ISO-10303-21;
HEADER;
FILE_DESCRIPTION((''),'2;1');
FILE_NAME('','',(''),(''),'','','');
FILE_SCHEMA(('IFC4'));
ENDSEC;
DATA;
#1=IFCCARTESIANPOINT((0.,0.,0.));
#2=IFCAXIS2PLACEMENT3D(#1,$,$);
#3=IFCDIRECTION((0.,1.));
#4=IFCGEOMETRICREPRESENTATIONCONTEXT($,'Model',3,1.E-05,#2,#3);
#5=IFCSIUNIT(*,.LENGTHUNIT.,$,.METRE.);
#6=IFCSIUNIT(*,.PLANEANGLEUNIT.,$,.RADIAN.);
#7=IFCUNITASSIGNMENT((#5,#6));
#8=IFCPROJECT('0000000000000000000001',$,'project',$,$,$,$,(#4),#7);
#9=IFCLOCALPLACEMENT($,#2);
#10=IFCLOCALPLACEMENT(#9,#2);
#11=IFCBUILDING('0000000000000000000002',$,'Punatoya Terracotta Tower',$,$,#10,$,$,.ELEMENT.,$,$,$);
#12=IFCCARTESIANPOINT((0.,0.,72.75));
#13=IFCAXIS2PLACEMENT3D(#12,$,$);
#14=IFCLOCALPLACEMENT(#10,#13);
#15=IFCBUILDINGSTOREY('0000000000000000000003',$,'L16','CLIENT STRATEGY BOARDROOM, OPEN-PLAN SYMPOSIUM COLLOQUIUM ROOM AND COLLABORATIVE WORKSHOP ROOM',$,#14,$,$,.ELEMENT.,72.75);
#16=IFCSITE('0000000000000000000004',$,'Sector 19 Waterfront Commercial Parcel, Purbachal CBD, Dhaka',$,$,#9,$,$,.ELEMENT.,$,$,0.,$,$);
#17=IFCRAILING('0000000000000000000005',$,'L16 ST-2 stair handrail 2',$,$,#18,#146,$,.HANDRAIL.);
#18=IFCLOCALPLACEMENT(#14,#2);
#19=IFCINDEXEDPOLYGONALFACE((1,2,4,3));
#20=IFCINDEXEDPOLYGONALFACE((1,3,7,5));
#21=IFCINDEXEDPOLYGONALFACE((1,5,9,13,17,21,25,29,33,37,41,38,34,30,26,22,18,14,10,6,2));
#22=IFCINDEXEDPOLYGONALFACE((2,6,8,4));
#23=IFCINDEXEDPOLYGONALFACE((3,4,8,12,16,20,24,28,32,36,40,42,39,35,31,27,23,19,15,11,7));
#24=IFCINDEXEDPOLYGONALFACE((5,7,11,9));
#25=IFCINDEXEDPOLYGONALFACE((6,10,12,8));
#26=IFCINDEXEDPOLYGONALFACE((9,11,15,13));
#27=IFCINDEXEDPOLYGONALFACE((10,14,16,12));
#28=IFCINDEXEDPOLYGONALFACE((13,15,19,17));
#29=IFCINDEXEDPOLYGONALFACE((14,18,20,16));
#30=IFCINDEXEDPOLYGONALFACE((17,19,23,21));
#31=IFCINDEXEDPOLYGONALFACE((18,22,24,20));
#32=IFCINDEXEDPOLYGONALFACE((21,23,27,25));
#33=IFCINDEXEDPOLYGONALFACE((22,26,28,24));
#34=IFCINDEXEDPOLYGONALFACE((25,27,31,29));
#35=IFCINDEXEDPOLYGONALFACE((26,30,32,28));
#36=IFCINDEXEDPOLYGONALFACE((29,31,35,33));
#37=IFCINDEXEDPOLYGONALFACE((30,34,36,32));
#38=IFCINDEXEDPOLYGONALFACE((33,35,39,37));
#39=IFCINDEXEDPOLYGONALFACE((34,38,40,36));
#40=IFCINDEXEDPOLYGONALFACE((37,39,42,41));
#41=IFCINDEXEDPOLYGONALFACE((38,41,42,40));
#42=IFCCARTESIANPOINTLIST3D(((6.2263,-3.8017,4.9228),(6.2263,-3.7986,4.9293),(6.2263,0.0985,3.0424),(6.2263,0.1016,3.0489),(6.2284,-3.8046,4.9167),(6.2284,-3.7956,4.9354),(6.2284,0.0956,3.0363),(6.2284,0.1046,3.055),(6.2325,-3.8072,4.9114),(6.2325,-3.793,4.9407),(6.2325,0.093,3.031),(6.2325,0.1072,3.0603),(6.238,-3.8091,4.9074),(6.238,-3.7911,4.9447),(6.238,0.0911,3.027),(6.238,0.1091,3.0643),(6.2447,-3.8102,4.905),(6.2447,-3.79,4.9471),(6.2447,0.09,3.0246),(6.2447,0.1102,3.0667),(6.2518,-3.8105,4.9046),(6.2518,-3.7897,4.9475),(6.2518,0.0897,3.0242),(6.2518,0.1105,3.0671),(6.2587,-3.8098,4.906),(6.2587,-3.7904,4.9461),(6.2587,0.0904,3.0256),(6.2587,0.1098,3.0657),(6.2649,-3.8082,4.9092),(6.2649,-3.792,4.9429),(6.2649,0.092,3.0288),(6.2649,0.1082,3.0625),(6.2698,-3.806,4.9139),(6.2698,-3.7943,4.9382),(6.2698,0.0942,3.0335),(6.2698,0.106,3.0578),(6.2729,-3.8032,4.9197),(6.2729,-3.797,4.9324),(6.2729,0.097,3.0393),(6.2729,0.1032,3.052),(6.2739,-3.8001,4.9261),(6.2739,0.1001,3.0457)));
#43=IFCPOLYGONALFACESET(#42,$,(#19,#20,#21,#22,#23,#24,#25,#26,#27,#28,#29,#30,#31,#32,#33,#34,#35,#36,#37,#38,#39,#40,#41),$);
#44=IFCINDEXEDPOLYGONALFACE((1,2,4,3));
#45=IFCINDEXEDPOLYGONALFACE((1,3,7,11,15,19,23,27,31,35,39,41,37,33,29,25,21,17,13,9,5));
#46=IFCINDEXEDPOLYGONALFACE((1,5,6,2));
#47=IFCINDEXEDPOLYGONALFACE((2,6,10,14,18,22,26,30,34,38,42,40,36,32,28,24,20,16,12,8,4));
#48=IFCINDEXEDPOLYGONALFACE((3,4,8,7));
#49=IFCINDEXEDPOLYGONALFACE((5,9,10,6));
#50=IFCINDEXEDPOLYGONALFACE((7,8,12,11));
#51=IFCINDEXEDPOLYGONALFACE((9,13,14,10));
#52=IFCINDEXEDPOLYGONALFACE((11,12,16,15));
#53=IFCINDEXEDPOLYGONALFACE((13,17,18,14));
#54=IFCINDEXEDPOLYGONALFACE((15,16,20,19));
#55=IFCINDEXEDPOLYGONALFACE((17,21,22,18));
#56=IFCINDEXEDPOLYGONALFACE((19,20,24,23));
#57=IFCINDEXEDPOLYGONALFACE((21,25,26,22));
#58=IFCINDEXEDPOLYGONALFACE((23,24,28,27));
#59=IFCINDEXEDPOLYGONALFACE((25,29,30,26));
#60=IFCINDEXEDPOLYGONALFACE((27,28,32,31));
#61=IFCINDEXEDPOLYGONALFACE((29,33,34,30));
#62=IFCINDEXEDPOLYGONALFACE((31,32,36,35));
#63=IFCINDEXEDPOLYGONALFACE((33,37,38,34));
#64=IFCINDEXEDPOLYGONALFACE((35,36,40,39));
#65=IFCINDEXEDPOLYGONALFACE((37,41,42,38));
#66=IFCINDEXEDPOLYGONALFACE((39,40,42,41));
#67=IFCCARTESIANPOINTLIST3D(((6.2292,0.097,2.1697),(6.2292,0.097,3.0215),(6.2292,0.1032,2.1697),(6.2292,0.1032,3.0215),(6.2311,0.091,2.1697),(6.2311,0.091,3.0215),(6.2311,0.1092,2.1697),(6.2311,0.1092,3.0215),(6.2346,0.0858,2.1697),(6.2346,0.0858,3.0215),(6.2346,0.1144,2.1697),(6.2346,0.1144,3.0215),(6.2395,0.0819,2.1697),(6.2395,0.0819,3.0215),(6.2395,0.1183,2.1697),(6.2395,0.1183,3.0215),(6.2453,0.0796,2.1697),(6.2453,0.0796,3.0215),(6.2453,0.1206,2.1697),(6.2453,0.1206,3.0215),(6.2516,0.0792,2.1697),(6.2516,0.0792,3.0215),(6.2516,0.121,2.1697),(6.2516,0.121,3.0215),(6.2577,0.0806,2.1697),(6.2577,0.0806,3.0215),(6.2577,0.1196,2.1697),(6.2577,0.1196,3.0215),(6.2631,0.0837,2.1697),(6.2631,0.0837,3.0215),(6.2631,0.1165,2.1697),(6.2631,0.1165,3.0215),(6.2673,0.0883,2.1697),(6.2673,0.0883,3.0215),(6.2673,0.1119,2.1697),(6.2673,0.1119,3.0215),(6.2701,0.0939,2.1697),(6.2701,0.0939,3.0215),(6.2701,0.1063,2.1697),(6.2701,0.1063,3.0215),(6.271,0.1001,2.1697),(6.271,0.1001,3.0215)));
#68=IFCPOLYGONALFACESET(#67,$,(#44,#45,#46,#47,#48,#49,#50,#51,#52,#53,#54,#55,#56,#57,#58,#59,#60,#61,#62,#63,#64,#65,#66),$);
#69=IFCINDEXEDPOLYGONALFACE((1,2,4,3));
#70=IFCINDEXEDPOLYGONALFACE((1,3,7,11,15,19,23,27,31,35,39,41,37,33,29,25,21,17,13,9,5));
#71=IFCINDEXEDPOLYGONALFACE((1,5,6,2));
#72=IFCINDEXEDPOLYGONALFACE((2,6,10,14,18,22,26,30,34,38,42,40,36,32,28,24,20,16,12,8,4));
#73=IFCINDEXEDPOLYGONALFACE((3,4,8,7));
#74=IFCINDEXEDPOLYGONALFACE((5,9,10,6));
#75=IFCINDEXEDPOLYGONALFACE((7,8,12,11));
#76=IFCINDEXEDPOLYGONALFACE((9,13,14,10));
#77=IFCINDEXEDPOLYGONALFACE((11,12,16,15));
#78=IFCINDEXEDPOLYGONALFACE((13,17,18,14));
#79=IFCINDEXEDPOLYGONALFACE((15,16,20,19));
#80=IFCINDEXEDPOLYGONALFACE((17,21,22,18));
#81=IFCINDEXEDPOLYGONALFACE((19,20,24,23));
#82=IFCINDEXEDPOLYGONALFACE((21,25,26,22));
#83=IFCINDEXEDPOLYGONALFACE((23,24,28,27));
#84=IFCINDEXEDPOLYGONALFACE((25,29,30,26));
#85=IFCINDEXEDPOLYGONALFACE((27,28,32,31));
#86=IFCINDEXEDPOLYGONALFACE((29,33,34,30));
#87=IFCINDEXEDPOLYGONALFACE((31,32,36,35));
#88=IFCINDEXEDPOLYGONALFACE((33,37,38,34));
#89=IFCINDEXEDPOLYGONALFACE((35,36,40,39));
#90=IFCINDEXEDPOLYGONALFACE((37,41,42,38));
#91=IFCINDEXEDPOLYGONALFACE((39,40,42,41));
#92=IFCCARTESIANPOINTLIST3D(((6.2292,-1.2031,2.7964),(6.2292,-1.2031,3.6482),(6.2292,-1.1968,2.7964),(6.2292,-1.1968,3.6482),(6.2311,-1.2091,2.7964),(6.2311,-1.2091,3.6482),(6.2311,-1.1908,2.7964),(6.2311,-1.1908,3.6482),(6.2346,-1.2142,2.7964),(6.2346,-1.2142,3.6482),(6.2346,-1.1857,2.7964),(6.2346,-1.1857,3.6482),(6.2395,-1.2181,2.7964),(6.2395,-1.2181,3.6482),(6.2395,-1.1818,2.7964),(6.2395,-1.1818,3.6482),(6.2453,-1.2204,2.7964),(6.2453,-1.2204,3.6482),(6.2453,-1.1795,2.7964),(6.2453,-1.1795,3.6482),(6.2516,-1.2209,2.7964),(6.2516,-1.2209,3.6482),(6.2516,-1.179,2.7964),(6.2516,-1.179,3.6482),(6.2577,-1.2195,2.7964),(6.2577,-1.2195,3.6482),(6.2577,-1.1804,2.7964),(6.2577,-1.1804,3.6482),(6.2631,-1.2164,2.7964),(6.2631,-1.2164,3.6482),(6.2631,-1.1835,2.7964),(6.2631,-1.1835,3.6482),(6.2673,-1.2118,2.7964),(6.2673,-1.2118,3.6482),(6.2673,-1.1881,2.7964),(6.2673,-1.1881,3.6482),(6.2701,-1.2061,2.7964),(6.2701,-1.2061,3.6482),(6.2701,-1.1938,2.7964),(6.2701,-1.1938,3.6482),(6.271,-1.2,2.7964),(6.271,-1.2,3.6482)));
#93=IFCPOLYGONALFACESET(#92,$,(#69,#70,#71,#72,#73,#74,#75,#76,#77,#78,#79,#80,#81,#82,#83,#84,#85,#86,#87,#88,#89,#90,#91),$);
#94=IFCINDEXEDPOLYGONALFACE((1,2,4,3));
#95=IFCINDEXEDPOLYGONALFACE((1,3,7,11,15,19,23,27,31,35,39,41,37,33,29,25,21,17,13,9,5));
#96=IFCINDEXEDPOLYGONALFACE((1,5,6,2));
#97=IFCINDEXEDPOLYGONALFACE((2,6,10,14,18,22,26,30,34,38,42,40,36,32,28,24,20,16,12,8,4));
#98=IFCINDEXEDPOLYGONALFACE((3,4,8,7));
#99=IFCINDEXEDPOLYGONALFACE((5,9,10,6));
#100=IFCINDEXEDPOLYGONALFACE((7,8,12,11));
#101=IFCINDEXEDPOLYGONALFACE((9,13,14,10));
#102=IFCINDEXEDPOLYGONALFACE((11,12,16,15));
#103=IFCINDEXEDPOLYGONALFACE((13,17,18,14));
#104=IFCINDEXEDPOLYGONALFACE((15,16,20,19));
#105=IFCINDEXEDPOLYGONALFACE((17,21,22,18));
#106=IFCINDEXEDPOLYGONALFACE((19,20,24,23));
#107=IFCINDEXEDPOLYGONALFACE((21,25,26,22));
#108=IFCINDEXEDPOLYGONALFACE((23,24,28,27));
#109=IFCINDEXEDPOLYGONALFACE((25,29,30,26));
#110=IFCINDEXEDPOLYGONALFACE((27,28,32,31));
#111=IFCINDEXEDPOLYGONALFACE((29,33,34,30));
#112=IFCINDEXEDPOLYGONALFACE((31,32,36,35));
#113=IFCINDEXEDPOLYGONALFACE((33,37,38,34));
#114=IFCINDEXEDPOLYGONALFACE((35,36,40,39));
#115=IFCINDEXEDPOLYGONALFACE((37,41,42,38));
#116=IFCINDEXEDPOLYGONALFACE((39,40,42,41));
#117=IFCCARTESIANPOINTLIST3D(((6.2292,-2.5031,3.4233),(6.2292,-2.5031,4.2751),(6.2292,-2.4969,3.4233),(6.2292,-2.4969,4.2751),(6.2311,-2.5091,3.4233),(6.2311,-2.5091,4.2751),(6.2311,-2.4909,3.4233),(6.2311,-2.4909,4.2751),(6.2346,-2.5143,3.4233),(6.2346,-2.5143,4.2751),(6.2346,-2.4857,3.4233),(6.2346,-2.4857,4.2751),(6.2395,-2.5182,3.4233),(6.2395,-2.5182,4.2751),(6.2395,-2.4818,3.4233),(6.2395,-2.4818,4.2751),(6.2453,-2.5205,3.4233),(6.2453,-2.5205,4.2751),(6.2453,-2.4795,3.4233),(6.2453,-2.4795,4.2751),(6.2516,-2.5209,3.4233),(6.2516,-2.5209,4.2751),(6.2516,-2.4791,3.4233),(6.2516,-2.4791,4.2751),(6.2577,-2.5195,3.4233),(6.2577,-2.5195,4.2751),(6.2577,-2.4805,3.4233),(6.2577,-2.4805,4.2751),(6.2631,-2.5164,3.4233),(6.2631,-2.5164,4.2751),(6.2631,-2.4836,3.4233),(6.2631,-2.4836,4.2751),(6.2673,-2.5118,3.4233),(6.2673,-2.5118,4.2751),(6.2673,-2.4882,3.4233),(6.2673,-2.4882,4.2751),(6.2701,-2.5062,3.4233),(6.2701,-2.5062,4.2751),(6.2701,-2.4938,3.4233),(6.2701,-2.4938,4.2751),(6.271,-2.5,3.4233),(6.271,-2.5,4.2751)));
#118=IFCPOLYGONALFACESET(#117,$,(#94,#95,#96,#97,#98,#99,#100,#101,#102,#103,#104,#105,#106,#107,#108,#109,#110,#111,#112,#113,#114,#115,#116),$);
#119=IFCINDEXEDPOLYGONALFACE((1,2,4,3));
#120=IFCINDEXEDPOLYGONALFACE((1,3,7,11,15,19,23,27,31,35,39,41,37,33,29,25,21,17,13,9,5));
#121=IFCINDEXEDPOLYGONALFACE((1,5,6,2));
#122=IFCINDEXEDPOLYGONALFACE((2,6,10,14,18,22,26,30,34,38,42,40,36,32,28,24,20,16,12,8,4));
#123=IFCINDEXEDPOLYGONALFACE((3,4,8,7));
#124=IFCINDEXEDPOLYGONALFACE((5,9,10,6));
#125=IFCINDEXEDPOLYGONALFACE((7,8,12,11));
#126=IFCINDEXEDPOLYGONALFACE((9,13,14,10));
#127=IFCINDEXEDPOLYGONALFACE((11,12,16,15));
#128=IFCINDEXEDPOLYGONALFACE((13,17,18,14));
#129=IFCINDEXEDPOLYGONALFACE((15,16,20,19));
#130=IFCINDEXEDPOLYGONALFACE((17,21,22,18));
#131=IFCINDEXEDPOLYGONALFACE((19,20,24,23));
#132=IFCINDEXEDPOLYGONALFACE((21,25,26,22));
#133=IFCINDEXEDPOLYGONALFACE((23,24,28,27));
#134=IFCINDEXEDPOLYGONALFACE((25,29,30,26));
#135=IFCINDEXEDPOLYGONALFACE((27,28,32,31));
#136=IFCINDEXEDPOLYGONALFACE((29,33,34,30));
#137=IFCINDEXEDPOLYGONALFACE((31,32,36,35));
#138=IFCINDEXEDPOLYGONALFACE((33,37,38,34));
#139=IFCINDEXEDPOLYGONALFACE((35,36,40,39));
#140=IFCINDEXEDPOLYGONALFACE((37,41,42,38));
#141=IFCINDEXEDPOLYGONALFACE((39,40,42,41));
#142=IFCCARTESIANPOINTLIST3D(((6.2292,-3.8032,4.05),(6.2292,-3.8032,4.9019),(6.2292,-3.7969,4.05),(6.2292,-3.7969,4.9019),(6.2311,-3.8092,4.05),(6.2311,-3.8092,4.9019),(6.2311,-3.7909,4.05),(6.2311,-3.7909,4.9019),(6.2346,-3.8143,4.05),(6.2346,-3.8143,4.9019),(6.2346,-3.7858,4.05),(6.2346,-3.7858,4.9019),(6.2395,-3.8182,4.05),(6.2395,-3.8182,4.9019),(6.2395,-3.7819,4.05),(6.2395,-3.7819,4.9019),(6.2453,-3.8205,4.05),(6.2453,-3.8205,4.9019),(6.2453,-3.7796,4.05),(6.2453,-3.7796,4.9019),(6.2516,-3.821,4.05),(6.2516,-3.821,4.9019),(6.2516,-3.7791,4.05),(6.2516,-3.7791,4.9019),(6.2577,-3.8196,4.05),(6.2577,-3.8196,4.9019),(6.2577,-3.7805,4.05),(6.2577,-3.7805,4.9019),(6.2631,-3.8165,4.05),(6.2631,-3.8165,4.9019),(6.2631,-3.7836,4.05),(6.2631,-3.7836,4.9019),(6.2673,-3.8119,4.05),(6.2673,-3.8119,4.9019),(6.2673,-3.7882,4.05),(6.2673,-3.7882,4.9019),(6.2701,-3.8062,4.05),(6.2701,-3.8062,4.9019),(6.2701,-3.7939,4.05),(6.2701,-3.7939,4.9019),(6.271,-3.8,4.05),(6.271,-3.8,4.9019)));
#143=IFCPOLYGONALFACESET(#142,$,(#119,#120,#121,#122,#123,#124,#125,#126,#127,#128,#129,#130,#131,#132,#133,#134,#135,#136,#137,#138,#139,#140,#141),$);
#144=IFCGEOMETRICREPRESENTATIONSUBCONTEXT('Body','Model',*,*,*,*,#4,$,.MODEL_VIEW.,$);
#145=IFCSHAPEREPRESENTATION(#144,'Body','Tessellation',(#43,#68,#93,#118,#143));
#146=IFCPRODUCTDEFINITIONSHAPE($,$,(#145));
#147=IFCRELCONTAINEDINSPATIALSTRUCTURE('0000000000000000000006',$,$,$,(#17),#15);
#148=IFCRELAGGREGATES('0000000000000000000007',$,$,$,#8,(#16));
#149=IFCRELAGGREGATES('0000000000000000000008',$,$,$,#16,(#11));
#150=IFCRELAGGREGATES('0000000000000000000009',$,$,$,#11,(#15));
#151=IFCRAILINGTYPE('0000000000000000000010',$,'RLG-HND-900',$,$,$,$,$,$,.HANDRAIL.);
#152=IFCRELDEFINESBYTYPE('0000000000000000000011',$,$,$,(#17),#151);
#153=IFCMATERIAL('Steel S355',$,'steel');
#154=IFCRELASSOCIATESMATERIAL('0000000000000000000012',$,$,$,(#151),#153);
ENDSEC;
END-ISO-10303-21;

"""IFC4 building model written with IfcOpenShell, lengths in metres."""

from ifc_helpers import new_model, si_unit, direction, frame, origin, origin_2d, place, context, subcontext, project, spatial, circle, extrude, material, type_object, element, save


model = new_model("IFC4")

# Units and contexts
model_context = context("Model", 3, precision=1e-05, world=origin(), true_north=direction((0.0, 1.0)))
body_context = subcontext(model_context, "Body", "Model", "MODEL_VIEW")
ifc_project = project(units=[si_unit("LENGTHUNIT", "METRE"), si_unit("PLANEANGLEUNIT", "RADIAN")], contexts=[model_context])

# Site, building, storey
site_placement = place(None, origin())
site = spatial("IfcSite", under=ifc_project, at=site_placement, Name="Sector 19 Waterfront Commercial Parcel, Purbachal CBD, Dhaka", CompositionType="ELEMENT", RefElevation=0.0)
building_placement = place(site_placement, origin())
building = spatial("IfcBuilding", under=site, at=building_placement, Name="Punatoya Terracotta Tower", CompositionType="ELEMENT")
storey_placement = place(building_placement, frame((0.0, 0.0, 72.75)))
storey = spatial("IfcBuildingStorey", under=building, at=storey_placement, Name="L16", Description="CLIENT STRATEGY BOARDROOM, OPEN-PLAN SYMPOSIUM COLLOQUIUM ROOM AND COLLABORATIVE WORKSHOP ROOM", CompositionType="ELEMENT", Elevation=72.75)

# Shared definitions
ifc_material_1 = material(Name="Steel S355", Category="steel")

# Railing
railing_type_1 = type_object("IfcRailingType", Name="RLG-HND-900", PredefinedType="HANDRAIL", material=ifc_material_1)
railing_1_placement = place(storey_placement, frame((6.25, 0.1001, 2.1697)))
element("IfcRailing", 1, at=railing_1_placement, inside=storey, type_object=railing_type_1, Name="L16 ST-2 stair handrail 2", PredefinedType="HANDRAIL", context=body_context, shape_type="SweptSolid", body=[
    extrude(circle(Radius=0.0239, at=origin_2d()), frame((0.0, 0.0, 0.876), z_axis=(0.0, -0.900774, 0.434289), x_axis=(1.0, 0.0, 0.0)), (0.0, 0.0, 1.0), 4.3298),
    extrude(circle(Radius=0.021, at=origin_2d()), origin(), (0.0, 0.0, 1.0), 0.8518),
    extrude(circle(Radius=0.021, at=origin_2d()), frame((0.0, -1.3, 0.6267)), (0.0, 0.0, 1.0), 0.8518),
    extrude(circle(Radius=0.021, at=origin_2d()), frame((0.0, -2.6001, 1.2537)), (0.0, 0.0, 1.0), 0.8518),
    extrude(circle(Radius=0.021, at=origin_2d()), frame((0.0, -3.9001, 1.8804)), (0.0, 0.0, 1.0), 0.8518),
])

save(model, "model.ifc")
